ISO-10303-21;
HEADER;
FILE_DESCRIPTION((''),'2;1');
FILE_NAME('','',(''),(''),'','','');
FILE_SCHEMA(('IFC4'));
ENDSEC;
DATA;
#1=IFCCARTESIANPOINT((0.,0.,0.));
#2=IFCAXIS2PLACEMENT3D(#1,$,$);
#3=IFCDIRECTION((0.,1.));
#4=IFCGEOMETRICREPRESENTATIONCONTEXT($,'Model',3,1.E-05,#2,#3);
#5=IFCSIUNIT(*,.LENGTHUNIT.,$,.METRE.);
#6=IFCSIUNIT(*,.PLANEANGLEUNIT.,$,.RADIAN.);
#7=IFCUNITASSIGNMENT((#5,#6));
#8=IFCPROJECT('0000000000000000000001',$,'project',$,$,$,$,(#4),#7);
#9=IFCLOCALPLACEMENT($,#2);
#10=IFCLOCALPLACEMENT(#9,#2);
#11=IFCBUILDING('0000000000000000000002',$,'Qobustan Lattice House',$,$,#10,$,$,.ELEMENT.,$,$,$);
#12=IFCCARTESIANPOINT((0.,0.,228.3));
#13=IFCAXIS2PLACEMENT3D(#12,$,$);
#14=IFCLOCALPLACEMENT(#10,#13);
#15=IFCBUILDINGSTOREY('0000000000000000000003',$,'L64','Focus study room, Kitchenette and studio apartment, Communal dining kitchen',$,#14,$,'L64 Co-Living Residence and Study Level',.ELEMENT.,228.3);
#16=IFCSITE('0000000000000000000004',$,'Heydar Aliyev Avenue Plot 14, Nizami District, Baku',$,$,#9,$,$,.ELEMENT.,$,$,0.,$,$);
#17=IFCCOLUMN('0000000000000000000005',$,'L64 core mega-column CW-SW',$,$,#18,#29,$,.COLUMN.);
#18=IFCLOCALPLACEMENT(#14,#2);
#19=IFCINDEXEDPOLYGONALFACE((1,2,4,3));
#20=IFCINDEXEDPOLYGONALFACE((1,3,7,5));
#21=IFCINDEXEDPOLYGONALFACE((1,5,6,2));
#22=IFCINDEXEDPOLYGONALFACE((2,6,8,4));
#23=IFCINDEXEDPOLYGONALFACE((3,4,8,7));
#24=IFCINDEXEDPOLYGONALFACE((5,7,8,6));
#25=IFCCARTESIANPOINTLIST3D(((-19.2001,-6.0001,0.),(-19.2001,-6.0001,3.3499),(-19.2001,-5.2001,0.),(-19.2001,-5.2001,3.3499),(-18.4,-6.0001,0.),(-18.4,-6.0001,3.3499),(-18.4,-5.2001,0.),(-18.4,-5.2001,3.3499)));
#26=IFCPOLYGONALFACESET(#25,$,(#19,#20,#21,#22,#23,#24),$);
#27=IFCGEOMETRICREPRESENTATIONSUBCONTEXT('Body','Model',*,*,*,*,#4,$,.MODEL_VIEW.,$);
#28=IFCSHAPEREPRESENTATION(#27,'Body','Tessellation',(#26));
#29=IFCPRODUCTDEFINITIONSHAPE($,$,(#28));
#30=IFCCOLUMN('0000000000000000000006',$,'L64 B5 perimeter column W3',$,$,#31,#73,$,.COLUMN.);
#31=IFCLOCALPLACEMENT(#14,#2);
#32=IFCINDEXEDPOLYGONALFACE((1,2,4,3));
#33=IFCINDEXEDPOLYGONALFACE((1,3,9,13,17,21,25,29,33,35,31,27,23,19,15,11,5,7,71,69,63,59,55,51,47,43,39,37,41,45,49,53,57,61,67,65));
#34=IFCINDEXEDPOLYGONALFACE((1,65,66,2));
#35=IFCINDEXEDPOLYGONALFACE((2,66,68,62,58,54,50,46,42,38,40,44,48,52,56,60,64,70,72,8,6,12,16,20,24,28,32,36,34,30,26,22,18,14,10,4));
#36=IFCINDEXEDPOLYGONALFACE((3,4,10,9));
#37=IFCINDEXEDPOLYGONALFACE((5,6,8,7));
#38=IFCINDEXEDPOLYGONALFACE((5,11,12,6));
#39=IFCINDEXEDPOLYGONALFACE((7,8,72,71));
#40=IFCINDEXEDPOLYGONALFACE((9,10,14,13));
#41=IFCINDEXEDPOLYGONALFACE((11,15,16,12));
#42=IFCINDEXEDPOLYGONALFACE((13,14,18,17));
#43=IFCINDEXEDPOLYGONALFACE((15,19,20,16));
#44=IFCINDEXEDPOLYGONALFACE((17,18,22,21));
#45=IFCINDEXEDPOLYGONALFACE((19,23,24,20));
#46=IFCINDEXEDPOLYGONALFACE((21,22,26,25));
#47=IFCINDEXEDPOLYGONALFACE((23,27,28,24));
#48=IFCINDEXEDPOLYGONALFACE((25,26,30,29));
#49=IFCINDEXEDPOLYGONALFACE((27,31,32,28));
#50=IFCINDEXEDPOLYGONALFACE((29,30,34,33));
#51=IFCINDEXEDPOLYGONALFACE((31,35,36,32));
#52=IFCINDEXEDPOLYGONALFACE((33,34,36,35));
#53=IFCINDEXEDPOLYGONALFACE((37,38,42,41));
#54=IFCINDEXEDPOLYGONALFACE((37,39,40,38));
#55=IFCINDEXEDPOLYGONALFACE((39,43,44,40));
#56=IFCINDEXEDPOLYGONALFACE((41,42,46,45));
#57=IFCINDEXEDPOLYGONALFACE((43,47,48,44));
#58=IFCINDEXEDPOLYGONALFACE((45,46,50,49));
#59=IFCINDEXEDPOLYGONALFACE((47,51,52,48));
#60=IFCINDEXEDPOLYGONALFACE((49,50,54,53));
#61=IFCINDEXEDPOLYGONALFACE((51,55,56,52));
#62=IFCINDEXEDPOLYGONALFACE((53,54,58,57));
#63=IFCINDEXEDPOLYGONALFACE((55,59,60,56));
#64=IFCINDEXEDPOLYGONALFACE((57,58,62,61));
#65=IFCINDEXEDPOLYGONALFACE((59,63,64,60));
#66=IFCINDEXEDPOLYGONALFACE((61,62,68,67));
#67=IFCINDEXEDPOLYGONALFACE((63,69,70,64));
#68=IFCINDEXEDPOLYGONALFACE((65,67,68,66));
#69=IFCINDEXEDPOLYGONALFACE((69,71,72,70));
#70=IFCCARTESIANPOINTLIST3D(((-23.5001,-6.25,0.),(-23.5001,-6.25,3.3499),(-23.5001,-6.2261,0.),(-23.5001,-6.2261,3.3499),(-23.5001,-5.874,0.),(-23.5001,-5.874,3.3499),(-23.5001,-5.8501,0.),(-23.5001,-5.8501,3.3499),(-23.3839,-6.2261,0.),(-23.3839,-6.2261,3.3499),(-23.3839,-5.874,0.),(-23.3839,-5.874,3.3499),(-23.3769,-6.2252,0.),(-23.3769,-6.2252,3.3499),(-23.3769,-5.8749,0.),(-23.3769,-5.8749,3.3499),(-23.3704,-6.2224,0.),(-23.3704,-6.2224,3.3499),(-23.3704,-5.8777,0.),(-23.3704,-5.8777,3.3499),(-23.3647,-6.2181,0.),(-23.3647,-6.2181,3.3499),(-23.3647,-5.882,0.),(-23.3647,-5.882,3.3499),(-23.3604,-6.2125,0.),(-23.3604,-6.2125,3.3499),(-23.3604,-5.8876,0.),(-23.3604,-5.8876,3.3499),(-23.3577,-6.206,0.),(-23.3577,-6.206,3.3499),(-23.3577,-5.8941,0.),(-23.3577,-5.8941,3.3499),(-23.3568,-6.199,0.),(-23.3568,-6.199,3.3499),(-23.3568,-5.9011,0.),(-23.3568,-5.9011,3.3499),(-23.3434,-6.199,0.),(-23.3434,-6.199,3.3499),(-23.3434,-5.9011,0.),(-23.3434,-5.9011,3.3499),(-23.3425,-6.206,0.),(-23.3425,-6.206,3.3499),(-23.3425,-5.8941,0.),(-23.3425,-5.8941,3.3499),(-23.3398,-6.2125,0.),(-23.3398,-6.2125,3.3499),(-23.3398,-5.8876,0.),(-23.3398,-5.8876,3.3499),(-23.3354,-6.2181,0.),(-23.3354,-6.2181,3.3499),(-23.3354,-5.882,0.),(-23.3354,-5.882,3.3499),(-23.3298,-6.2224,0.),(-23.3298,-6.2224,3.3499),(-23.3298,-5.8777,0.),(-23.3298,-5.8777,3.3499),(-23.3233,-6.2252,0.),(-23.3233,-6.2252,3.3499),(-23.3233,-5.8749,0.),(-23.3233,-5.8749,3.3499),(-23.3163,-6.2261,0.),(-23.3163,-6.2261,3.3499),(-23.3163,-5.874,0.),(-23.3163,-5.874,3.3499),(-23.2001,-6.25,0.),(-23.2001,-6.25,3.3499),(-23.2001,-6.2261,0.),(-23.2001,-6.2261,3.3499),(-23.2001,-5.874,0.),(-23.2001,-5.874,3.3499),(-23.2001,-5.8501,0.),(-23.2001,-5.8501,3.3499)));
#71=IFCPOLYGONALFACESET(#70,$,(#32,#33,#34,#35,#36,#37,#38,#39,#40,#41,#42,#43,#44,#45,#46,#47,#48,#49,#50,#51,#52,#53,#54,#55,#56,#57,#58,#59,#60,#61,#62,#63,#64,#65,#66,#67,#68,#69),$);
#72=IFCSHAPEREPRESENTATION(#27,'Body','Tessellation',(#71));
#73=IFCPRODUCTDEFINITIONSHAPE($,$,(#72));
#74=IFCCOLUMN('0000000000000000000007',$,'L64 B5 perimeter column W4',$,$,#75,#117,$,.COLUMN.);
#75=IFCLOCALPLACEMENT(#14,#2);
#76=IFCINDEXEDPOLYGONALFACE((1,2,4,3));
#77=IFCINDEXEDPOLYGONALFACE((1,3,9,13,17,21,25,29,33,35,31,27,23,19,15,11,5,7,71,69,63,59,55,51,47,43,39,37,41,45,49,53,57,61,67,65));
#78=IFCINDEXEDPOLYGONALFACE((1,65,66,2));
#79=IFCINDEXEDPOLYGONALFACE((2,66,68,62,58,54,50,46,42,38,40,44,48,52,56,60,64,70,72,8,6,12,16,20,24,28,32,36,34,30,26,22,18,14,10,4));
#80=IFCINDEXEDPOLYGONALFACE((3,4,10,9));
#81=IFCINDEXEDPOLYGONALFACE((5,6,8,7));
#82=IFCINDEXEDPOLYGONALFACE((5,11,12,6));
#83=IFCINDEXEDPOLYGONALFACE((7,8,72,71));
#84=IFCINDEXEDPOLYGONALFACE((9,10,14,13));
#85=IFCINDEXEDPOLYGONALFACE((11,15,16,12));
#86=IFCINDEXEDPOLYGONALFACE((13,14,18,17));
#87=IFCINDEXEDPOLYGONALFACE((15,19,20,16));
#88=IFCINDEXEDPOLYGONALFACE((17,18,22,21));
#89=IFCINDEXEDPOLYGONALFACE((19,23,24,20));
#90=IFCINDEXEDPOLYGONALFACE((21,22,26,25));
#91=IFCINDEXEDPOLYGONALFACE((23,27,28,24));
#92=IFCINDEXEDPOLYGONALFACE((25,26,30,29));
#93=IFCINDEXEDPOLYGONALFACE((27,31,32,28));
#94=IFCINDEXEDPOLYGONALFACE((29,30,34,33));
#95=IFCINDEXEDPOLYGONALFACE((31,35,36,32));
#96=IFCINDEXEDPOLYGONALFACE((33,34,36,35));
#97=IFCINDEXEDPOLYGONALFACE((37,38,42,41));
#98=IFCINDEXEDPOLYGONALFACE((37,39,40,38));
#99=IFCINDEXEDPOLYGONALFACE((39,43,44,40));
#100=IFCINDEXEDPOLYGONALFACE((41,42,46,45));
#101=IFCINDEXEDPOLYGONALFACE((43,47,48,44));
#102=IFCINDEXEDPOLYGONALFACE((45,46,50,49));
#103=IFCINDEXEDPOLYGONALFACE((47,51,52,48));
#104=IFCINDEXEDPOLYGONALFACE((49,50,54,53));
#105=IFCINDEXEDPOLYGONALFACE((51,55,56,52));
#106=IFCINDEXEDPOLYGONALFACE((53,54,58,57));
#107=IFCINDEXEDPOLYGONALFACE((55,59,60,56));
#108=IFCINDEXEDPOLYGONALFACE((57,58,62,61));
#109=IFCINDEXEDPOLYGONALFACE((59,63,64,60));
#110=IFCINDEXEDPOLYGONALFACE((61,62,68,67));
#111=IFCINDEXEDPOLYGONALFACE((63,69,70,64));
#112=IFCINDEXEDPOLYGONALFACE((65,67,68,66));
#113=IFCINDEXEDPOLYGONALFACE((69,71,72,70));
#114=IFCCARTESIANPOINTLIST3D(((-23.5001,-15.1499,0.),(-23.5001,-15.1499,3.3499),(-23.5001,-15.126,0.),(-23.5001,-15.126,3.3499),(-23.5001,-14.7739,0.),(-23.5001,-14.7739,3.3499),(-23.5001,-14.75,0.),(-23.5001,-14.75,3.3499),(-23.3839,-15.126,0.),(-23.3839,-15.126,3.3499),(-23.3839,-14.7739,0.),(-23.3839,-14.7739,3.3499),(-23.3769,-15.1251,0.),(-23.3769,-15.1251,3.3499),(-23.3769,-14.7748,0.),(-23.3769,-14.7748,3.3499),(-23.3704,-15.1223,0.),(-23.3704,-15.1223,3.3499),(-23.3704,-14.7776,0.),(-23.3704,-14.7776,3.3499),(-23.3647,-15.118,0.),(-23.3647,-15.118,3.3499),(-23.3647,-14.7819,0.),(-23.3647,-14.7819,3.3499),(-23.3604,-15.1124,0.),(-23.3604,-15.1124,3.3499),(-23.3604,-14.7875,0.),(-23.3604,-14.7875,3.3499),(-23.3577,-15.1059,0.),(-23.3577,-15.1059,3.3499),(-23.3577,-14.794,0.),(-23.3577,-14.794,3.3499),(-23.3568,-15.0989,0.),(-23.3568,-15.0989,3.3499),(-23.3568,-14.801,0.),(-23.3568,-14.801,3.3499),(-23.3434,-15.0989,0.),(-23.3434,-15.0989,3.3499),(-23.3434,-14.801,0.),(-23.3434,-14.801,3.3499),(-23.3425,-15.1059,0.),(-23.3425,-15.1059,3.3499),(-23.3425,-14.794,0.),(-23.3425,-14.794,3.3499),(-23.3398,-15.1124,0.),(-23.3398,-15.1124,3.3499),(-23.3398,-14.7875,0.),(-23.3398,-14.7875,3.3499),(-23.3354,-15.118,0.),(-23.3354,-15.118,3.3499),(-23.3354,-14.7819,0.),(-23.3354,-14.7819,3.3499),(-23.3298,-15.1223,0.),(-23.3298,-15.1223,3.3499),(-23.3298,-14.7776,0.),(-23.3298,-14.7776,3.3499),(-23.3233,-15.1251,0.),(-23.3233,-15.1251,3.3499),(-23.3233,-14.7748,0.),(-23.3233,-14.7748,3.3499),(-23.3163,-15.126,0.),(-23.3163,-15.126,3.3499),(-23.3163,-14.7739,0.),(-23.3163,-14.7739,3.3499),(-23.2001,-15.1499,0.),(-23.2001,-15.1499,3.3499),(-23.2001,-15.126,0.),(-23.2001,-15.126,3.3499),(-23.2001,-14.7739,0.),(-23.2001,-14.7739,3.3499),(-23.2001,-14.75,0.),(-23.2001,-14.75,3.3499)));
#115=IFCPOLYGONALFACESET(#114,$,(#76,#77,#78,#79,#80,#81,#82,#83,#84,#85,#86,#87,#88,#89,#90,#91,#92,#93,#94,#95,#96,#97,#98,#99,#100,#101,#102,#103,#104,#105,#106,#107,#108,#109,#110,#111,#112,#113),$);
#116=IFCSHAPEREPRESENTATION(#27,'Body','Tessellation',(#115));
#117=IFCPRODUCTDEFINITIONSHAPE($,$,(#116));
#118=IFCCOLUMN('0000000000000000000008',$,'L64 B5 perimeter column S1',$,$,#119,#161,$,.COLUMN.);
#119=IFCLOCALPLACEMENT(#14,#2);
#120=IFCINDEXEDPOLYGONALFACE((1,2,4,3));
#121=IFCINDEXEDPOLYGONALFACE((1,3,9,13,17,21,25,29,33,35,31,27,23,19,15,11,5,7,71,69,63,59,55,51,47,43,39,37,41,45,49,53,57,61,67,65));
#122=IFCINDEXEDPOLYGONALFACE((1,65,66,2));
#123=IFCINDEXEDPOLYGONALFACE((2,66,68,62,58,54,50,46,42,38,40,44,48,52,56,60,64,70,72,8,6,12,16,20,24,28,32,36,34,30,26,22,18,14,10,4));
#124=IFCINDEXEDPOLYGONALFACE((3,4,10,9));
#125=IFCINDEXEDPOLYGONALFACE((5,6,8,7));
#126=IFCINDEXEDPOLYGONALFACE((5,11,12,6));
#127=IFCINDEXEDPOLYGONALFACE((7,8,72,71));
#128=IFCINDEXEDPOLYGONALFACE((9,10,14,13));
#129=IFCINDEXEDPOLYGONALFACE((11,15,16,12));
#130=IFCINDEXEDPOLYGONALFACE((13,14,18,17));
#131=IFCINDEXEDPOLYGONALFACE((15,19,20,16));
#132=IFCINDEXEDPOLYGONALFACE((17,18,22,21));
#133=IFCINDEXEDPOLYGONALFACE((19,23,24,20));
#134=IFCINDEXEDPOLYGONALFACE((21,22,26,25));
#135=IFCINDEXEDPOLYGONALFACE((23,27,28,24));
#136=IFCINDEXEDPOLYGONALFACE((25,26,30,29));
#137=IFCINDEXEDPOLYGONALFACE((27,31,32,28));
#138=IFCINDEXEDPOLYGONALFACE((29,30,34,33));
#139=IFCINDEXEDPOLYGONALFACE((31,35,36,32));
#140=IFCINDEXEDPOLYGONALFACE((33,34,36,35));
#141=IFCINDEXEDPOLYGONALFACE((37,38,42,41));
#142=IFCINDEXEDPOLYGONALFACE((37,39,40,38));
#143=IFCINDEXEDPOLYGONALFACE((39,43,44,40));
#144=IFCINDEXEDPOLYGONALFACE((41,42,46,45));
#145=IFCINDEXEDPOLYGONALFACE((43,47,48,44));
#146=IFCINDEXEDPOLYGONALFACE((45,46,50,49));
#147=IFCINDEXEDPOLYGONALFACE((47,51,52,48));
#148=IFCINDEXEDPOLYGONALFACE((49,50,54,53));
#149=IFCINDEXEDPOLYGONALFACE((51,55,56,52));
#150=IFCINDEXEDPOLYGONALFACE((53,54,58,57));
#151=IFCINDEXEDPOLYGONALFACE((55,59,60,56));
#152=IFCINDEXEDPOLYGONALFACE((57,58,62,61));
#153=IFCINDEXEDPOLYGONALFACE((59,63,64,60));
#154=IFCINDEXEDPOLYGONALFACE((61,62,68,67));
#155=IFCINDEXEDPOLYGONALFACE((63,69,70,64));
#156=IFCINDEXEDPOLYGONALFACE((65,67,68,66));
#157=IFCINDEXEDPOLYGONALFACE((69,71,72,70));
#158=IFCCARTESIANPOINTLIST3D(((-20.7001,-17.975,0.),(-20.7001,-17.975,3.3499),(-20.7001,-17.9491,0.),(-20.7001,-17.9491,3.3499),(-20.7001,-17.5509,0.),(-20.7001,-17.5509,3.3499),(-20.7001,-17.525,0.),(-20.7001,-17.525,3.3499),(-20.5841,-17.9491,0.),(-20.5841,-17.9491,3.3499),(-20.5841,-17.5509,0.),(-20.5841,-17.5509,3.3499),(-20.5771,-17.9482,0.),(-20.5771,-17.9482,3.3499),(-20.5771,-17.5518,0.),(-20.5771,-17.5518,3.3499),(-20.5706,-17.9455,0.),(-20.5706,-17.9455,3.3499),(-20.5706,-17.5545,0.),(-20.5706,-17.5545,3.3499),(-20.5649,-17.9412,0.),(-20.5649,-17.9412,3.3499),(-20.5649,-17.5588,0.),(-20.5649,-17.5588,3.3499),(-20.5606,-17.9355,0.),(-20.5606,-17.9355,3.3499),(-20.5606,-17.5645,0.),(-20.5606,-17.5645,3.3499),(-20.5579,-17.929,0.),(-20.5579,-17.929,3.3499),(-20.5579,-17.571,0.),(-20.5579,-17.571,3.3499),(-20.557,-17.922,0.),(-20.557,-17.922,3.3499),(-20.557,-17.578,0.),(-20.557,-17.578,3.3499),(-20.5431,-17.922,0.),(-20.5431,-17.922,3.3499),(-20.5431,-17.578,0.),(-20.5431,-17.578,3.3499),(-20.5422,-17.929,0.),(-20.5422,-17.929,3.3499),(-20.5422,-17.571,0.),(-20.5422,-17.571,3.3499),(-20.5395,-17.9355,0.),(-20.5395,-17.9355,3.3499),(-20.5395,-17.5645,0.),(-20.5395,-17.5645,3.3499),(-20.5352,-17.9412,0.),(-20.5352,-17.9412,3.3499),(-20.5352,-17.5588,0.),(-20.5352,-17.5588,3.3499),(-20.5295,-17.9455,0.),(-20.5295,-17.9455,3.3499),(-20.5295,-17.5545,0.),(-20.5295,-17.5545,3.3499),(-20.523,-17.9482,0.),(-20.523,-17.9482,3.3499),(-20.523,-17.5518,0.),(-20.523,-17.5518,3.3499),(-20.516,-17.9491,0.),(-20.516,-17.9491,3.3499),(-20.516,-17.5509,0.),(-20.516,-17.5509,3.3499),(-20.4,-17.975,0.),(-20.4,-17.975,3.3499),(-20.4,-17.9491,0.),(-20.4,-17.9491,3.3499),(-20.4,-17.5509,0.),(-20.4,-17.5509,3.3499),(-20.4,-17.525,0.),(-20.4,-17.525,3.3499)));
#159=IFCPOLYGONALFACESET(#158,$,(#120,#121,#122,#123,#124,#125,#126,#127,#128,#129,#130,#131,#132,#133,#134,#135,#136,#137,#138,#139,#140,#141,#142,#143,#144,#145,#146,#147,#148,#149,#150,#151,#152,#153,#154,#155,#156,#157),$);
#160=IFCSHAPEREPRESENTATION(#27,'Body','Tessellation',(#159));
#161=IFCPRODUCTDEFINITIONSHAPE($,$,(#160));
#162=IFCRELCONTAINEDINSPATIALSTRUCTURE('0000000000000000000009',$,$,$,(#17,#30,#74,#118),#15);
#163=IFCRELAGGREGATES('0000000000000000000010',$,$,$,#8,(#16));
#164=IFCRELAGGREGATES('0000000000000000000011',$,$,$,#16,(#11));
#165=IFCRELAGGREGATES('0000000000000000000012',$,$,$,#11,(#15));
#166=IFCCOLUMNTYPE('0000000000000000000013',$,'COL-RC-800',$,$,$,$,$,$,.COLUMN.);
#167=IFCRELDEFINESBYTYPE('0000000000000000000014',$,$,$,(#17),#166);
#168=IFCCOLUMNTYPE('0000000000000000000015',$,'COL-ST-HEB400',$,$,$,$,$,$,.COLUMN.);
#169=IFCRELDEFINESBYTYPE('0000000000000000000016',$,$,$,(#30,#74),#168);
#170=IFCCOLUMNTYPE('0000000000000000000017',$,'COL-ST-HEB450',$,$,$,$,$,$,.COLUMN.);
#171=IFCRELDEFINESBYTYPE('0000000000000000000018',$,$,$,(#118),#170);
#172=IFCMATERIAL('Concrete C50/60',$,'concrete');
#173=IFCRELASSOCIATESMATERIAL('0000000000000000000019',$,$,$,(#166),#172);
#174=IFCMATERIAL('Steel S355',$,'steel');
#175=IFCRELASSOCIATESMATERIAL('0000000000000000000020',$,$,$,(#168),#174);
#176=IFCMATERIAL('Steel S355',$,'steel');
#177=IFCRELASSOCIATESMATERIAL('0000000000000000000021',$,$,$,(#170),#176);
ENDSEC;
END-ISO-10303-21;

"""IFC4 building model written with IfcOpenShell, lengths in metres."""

from ifc_helpers import new_model, si_unit, direction, frame, origin, origin_2d, place, context, subcontext, project, spatial, rectangle, i_section, extrude, material, material_profile, profile_set, type_object, element, save


model = new_model("IFC4")

# Units and contexts
model_context = context("Model", 3, precision=1e-05, world=origin(), true_north=direction((0.0, 1.0)))
body_context = subcontext(model_context, "Body", "Model", "MODEL_VIEW")
ifc_project = project(units=[si_unit("LENGTHUNIT", "METRE"), si_unit("PLANEANGLEUNIT", "RADIAN")], contexts=[model_context])

# Site, building, storey
site_placement = place(None, origin())
site = spatial("IfcSite", under=ifc_project, at=site_placement, Name="Heydar Aliyev Avenue Plot 14, Nizami District, Baku", CompositionType="ELEMENT", RefElevation=0.0)
building_placement = place(site_placement, origin())
building = spatial("IfcBuilding", under=site, at=building_placement, Name="Qobustan Lattice House", CompositionType="ELEMENT")
storey_placement = place(building_placement, frame((0.0, 0.0, 228.3)))
storey = spatial("IfcBuildingStorey", under=building, at=storey_placement, Name="L64", Description="Focus study room, Kitchenette and studio apartment, Communal dining kitchen", LongName="L64 Co-Living Residence and Study Level", CompositionType="ELEMENT", Elevation=228.3)

# Columns
ifc_material_1 = material(Name="Concrete C50/60", Category="concrete")
ifc_material_profile_1 = material_profile(ifc_material_1, rectangle(XDim=0.8, YDim=0.8, at=origin_2d()), Name="RC800x800")
ifc_profile_set_1 = profile_set([ifc_material_profile_1], Name="Concrete C50/60")
column_type_1 = type_object("IfcColumnType", Name="COL-RC-800", PredefinedType="COLUMN", material=ifc_profile_set_1)
column_1_placement = place(storey_placement, frame((-18.8, -5.6001, 0.0), z_axis=(0.0, 0.0, 1.0), x_axis=(1.0, 0.0, 0.0)))
element("IfcColumn", 1, at=column_1_placement, inside=storey, type_object=column_type_1, Name="L64 core mega-column CW-SW", PredefinedType="COLUMN", context=body_context, shape_type="SweptSolid", body=[
    extrude(rectangle(XDim=0.8, YDim=0.8, at=origin_2d()), origin(), (0.0, 0.0, 1.0), 3.3499),
])
ifc_material_2 = material(Name="Steel S355", Category="steel")
ifc_material_profile_2 = material_profile(ifc_material_2, i_section(OverallWidth=0.3, OverallDepth=0.3999, WebThickness=0.0134, FlangeThickness=0.0239, FilletRadius=0.0271, at=origin_2d()), Name="HEB400")
ifc_profile_set_2 = profile_set([ifc_material_profile_2], Name="Steel S355")
column_type_2 = type_object("IfcColumnType", Name="COL-ST-HEB400", PredefinedType="COLUMN", material=ifc_profile_set_2)
for number, where, z_axis, x_axis, name in (
    (2, (-23.3501, -6.05, 0.0), (0.0, 0.0, 1.0), (1.0, 0.0, 0.0), "L64 B5 perimeter column W3"),
    (3, (-23.3501, -14.95, 0.0), (0.0, 0.0, 1.0), (1.0, 0.0, 0.0), "L64 B5 perimeter column W4"),
):
    element("IfcColumn", number, at=place(storey_placement, frame(where, z_axis=z_axis, x_axis=x_axis)), inside=storey, type_object=column_type_2, Name=name, PredefinedType="COLUMN", context=body_context, shape_type="SweptSolid", body=[
        extrude(i_section(OverallWidth=0.3, OverallDepth=0.3999, WebThickness=0.0134, FlangeThickness=0.0239, FilletRadius=0.0271, at=origin_2d()), origin(), (0.0, 0.0, 1.0), 3.3499),
    ])
ifc_material_3 = material(Name="Steel S355", Category="steel")
ifc_material_profile_3 = material_profile(ifc_material_3, i_section(OverallWidth=0.3, OverallDepth=0.45, WebThickness=0.0139, FlangeThickness=0.0259, FilletRadius=0.0271, at=origin_2d()), Name="HEB450")
ifc_profile_set_3 = profile_set([ifc_material_profile_3], Name="Steel S355")
column_type_3 = type_object("IfcColumnType", Name="COL-ST-HEB450", PredefinedType="COLUMN", material=ifc_profile_set_3)
column_2_placement = place(storey_placement, frame((-20.55, -17.75, 0.0), z_axis=(0.0, 0.0, 1.0), x_axis=(1.0, 0.0, 0.0)))
element("IfcColumn", 4, at=column_2_placement, inside=storey, type_object=column_type_3, Name="L64 B5 perimeter column S1", PredefinedType="COLUMN", context=body_context, shape_type="SweptSolid", body=[
    extrude(i_section(OverallWidth=0.3, OverallDepth=0.45, WebThickness=0.0139, FlangeThickness=0.0259, FilletRadius=0.0271, at=origin_2d()), origin(), (0.0, 0.0, 1.0), 3.3499),
])

save(model, "model.ifc")
